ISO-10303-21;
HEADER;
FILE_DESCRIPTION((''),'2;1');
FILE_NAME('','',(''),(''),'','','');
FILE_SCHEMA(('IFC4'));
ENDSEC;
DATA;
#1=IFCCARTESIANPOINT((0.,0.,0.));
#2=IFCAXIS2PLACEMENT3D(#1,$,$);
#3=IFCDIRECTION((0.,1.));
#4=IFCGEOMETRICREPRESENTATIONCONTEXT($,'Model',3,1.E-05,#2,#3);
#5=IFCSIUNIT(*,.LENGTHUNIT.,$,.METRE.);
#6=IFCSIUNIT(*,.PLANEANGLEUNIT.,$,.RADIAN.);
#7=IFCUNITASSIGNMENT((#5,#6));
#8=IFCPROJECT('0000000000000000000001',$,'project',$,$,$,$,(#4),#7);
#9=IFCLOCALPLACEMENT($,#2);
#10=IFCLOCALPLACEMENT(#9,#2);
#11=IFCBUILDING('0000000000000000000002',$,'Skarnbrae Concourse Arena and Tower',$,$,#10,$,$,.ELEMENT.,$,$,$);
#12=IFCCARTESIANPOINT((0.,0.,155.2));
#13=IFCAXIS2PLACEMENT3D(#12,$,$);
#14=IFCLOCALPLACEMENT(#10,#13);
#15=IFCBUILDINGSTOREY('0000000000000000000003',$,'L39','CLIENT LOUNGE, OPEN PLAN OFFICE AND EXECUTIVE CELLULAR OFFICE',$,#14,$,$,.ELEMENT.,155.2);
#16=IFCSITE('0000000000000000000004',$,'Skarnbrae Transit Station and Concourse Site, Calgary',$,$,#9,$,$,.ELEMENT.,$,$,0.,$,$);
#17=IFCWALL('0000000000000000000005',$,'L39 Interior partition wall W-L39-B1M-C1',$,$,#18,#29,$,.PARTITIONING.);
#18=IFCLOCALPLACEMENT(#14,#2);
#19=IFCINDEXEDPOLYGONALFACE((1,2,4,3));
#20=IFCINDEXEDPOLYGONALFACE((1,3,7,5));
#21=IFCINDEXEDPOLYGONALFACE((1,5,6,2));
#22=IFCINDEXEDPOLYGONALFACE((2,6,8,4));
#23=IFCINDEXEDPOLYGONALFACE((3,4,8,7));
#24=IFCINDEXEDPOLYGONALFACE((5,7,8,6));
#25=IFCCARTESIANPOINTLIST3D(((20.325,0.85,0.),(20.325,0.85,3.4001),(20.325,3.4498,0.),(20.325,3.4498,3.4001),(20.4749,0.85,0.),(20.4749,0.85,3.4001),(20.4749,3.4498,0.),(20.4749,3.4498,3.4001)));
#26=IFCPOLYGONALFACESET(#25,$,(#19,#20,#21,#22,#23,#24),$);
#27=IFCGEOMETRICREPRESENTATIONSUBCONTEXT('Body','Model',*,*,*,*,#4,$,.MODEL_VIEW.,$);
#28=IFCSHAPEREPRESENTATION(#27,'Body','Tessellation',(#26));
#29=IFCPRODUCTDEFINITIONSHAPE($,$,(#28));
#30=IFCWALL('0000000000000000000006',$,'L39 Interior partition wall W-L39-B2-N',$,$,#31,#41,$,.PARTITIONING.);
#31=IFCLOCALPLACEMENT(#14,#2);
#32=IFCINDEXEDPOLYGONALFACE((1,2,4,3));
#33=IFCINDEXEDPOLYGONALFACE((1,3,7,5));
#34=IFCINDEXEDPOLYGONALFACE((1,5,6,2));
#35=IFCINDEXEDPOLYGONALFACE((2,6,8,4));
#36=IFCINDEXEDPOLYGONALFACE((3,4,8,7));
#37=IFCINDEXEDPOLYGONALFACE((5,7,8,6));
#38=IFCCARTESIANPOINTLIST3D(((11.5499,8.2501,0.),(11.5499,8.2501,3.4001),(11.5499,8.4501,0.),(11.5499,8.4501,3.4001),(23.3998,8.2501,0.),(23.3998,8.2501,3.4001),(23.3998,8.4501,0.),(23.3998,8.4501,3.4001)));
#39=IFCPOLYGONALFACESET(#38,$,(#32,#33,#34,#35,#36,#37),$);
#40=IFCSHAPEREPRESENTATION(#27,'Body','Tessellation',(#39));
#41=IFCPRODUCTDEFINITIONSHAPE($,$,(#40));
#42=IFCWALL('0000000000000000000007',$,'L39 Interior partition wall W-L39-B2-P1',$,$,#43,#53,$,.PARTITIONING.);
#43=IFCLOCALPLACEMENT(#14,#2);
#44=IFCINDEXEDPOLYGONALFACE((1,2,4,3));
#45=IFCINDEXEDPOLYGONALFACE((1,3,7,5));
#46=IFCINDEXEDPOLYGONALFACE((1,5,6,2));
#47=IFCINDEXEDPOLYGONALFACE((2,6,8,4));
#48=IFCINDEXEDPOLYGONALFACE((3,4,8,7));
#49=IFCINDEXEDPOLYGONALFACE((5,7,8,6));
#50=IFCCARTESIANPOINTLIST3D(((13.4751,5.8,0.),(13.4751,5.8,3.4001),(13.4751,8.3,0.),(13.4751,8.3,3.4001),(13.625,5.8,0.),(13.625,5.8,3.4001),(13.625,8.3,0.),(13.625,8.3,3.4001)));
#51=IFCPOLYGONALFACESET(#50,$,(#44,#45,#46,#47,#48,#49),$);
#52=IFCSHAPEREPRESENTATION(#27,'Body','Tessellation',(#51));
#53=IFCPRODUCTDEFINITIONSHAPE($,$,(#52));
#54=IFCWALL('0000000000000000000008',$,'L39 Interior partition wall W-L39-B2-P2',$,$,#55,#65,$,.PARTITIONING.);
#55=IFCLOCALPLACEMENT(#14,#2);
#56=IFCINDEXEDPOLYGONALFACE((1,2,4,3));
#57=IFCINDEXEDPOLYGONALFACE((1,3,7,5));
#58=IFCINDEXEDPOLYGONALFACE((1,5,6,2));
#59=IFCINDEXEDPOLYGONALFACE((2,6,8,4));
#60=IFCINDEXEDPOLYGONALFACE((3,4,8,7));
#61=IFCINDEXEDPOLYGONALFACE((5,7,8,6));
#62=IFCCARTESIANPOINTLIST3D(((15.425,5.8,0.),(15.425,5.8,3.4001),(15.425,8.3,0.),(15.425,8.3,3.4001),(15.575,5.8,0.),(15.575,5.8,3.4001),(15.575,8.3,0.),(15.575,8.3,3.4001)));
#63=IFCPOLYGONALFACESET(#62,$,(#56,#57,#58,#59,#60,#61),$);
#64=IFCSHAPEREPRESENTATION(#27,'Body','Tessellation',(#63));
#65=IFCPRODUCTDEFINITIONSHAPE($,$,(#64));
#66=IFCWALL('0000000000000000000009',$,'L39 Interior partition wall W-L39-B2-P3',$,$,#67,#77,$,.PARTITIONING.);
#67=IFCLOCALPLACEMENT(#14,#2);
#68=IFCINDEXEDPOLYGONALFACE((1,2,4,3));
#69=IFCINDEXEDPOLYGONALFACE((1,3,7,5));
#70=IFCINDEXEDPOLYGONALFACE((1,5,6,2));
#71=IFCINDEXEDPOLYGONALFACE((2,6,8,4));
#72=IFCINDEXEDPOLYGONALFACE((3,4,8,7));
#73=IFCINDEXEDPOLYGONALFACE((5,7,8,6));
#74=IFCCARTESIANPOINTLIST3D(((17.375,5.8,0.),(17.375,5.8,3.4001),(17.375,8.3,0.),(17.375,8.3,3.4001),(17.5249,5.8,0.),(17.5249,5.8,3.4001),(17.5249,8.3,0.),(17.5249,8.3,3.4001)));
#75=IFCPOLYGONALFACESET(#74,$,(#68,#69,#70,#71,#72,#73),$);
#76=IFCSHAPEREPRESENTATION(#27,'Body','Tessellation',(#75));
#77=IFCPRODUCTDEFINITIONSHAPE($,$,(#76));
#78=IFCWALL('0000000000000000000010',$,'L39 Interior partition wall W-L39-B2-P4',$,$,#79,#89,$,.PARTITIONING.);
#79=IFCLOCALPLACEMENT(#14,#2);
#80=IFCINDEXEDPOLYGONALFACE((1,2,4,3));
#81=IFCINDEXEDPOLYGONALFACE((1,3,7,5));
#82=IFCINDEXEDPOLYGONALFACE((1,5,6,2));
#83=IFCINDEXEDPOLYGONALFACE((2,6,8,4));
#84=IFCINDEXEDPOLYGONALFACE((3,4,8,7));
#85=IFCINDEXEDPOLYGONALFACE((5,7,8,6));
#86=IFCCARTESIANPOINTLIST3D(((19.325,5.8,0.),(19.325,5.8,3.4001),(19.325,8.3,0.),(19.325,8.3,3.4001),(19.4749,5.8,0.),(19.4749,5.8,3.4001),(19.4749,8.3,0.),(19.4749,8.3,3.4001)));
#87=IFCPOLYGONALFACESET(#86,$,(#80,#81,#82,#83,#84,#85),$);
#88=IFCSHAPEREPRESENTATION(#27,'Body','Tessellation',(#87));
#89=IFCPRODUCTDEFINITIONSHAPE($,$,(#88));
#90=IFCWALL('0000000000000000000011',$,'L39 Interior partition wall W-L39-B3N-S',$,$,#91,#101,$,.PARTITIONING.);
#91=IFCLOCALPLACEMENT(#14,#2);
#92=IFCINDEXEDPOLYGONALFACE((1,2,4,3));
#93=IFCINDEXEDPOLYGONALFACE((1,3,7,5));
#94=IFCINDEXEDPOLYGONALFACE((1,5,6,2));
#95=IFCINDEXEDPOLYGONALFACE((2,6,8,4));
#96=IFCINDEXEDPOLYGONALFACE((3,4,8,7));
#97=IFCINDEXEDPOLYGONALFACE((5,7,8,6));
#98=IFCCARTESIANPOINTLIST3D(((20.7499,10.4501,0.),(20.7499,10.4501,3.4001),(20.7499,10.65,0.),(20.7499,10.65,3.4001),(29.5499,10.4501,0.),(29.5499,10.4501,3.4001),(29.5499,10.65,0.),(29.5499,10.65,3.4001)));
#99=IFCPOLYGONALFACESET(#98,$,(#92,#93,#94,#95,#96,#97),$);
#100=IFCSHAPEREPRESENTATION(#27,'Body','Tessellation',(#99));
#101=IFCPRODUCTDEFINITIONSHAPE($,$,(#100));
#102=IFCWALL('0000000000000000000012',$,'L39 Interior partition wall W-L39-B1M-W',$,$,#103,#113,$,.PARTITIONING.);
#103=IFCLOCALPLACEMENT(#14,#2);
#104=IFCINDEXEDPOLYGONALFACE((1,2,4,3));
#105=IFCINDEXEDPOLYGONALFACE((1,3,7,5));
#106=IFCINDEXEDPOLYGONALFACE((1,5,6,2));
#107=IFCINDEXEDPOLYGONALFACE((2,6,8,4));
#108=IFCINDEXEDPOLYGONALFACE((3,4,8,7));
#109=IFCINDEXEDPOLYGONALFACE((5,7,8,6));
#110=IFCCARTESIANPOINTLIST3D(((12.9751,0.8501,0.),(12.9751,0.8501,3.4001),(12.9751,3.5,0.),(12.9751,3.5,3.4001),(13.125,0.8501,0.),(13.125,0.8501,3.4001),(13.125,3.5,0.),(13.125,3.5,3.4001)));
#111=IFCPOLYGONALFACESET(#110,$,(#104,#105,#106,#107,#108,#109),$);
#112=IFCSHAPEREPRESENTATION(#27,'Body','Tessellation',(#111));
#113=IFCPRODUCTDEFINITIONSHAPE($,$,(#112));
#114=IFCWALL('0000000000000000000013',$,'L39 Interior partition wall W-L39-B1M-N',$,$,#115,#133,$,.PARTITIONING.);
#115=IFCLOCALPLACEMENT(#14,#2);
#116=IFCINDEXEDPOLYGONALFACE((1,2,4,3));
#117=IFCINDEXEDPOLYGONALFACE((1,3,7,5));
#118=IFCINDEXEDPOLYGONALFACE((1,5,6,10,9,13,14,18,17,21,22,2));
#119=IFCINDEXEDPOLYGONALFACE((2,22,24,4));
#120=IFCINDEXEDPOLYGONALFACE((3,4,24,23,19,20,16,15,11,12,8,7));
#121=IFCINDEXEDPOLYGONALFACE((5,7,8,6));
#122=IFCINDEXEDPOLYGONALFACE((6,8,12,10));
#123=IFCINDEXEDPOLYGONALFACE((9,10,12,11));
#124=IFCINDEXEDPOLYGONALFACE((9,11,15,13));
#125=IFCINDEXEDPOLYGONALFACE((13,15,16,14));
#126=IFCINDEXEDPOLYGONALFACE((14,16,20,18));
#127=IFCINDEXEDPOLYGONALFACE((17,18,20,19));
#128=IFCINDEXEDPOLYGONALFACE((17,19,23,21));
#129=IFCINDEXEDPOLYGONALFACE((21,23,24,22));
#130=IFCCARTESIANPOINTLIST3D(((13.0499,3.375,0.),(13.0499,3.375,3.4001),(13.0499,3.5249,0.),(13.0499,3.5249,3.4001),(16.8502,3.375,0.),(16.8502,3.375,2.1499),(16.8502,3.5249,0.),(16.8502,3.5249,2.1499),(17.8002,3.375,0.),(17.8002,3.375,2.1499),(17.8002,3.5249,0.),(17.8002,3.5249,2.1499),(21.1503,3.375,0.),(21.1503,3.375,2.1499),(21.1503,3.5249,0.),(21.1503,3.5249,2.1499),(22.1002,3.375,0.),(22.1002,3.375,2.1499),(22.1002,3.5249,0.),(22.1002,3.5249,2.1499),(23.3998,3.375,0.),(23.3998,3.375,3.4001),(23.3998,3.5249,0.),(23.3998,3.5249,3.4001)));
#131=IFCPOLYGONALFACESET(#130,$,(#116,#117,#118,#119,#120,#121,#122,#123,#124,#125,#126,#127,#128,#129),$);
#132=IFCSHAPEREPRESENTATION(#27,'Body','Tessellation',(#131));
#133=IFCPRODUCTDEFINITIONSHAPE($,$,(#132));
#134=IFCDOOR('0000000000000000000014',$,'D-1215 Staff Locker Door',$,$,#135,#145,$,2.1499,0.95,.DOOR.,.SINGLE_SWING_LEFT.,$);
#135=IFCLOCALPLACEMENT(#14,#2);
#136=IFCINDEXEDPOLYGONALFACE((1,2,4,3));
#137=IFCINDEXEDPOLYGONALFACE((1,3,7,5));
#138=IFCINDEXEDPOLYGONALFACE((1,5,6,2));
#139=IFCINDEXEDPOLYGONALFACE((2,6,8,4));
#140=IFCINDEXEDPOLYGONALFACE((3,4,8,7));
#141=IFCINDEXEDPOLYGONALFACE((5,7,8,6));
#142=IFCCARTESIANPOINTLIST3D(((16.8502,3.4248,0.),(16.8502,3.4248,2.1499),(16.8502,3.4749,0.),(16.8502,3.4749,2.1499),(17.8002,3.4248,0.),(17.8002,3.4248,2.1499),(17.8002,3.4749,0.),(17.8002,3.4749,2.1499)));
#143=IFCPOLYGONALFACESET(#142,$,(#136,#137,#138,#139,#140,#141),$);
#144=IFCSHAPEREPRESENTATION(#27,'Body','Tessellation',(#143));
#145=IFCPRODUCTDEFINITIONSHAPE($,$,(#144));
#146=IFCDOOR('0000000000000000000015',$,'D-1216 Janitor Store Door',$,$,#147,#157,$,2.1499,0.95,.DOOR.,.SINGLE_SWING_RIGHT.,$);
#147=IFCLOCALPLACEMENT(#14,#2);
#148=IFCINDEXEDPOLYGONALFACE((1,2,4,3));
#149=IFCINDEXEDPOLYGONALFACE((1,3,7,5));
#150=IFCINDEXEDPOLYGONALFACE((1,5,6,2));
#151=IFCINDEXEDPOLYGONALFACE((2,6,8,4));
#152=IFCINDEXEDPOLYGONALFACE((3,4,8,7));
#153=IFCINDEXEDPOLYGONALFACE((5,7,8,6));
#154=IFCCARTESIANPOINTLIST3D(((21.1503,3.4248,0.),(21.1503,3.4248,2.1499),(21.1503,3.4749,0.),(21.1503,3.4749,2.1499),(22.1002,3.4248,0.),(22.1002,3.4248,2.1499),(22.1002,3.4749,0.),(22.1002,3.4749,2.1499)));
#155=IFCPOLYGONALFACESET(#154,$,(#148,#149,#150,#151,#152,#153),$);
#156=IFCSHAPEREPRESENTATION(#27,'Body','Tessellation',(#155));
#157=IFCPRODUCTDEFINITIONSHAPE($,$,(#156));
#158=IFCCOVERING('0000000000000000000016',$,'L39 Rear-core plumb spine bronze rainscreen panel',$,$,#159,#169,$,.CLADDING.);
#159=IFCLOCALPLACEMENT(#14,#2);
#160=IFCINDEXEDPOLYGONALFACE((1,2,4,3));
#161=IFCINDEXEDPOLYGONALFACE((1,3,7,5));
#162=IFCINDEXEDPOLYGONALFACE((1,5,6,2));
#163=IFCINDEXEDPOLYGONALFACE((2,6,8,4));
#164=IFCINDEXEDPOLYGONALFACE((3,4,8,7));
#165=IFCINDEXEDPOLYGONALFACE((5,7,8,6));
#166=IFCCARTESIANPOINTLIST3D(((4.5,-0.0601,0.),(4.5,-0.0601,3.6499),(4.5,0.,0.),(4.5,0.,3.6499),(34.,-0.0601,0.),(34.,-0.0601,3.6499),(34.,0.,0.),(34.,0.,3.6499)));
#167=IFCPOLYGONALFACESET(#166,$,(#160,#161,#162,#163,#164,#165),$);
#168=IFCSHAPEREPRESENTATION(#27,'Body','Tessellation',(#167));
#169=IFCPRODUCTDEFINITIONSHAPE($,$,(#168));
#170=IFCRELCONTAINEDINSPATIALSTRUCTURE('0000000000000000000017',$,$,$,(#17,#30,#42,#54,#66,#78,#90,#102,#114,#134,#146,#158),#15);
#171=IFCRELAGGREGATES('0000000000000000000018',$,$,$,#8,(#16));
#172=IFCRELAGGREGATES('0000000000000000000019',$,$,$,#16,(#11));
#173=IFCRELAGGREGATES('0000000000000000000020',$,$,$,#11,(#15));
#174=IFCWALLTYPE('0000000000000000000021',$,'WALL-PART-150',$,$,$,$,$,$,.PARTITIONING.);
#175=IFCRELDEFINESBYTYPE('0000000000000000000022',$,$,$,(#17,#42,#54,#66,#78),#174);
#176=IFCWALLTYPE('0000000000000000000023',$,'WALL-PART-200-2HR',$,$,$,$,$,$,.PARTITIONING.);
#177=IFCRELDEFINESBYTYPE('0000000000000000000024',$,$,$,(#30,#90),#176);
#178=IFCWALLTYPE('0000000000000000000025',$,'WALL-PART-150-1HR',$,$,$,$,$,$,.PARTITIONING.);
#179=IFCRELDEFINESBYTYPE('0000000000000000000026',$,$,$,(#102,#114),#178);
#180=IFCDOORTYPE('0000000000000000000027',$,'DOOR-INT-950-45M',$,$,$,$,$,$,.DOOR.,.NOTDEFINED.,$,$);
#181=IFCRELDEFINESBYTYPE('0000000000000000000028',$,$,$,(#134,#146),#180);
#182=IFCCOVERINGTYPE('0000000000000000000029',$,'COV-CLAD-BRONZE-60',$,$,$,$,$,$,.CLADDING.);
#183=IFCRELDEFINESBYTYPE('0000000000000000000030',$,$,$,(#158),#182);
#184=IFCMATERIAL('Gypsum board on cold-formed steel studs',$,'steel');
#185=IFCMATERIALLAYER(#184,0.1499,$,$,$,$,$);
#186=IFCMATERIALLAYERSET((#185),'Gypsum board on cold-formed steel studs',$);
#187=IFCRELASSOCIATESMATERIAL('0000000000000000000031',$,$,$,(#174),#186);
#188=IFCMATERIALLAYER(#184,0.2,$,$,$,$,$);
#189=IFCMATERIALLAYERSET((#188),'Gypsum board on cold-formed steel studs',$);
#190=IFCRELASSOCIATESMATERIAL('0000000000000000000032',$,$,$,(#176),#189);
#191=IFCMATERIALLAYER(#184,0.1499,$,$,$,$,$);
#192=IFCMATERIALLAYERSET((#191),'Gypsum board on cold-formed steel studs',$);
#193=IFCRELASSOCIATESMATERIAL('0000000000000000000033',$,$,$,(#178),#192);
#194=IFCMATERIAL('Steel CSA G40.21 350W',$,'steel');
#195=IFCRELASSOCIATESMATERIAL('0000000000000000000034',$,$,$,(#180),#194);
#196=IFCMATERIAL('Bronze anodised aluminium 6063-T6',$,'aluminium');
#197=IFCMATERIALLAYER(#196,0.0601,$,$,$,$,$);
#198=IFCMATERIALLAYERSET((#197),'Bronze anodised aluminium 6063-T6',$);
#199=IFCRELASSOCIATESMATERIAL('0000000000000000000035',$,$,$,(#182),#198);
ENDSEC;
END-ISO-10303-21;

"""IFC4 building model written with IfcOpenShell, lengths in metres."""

from ifc_helpers import new_model, si_unit, direction, frame, frame_2d, origin, origin_2d, place, context, subcontext, project, spatial, rectangle, extrude, source, transform, mapped, material, layer, layer_set, type_object, element, fill, save


model = new_model("IFC4")

# Units and contexts
model_context = context("Model", 3, precision=1e-05, world=origin(), true_north=direction((0.0, 1.0)))
body_context = subcontext(model_context, "Body", "Model", "MODEL_VIEW")
ifc_project = project(units=[si_unit("LENGTHUNIT", "METRE"), si_unit("PLANEANGLEUNIT", "RADIAN")], contexts=[model_context])

# Site, building, storey
site_placement = place(None, origin())
site = spatial("IfcSite", under=ifc_project, at=site_placement, Name="Skarnbrae Transit Station and Concourse Site, Calgary", CompositionType="ELEMENT", RefElevation=0.0)
building_placement = place(site_placement, origin())
building = spatial("IfcBuilding", under=site, at=building_placement, Name="Skarnbrae Concourse Arena and Tower", CompositionType="ELEMENT")
storey_placement = place(building_placement, frame((0.0, 0.0, 155.2)))
storey = spatial("IfcBuildingStorey", under=building, at=storey_placement, Name="L39", Description="CLIENT LOUNGE, OPEN PLAN OFFICE AND EXECUTIVE CELLULAR OFFICE", CompositionType="ELEMENT", Elevation=155.2)

# Walls
ifc_material_1 = material(Name="Gypsum board on cold-formed steel studs", Category="steel")
ifc_layer_1 = layer(ifc_material_1, 0.1499)
ifc_layer_set_1 = layer_set([ifc_layer_1], Name="Gypsum board on cold-formed steel studs")
wall_type_1 = type_object("IfcWallType", Name="WALL-PART-150", PredefinedType="PARTITIONING", material=ifc_layer_set_1)
shared_shape_1 = source(origin(), body_context, "Body", "SweptSolid", [
    extrude(rectangle(XDim=2.5999, YDim=0.1499, at=frame_2d((1.2998, 0.0))), origin(), (0.0, 0.0, 1.0), 3.4001),
])
wall_1_placement = place(storey_placement, frame((20.3999, 0.8501, 0.0), z_axis=(0.0, 0.0, 1.0), x_axis=(0.0, 1.0, 0.0)))
element("IfcWall", 1, at=wall_1_placement, inside=storey, type_object=wall_type_1, Name="L39 Interior partition wall W-L39-B1M-C1", PredefinedType="PARTITIONING", context=body_context, shape_type="MappedRepresentation", body=[
    mapped(shared_shape_1, transform((0.0, 0.0, 0.0))),
])
ifc_layer_2 = layer(ifc_material_1, 0.2)
ifc_layer_set_2 = layer_set([ifc_layer_2], Name="Gypsum board on cold-formed steel studs")
wall_type_2 = type_object("IfcWallType", Name="WALL-PART-200-2HR", PredefinedType="PARTITIONING", material=ifc_layer_set_2)
shared_shape_2 = source(origin(), body_context, "Body", "SweptSolid", [
    extrude(rectangle(XDim=11.8499, YDim=0.2, at=frame_2d((5.9248, 0.0))), origin(), (0.0, 0.0, 1.0), 3.4001),
])
wall_2_placement = place(storey_placement, frame((11.55, 8.3501, 0.0), z_axis=(0.0, 0.0, 1.0), x_axis=(1.0, 0.0, 0.0)))
element("IfcWall", 2, at=wall_2_placement, inside=storey, type_object=wall_type_2, Name="L39 Interior partition wall W-L39-B2-N", PredefinedType="PARTITIONING", context=body_context, shape_type="MappedRepresentation", body=[
    mapped(shared_shape_2, transform((0.0, 0.0, 0.0))),
])
shared_shape_3 = source(origin(), body_context, "Body", "SweptSolid", [
    extrude(rectangle(XDim=2.5, YDim=0.1499, at=frame_2d((1.25, 0.0))), origin(), (0.0, 0.0, 1.0), 3.4001),
])
for number, where, z_axis, x_axis, name in (
    (3, (13.55, 5.8, 0.0), (0.0, 0.0, 1.0), (0.0, 1.0, 0.0), "L39 Interior partition wall W-L39-B2-P1"),
    (4, (15.5, 5.8, 0.0), (0.0, 0.0, 1.0), (0.0, 1.0, 0.0), "L39 Interior partition wall W-L39-B2-P2"),
    (5, (17.45, 5.8, 0.0), (0.0, 0.0, 1.0), (0.0, 1.0, 0.0), "L39 Interior partition wall W-L39-B2-P3"),
    (6, (19.3999, 5.8, 0.0), (0.0, 0.0, 1.0), (0.0, 1.0, 0.0), "L39 Interior partition wall W-L39-B2-P4"),
):
    element("IfcWall", number, at=place(storey_placement, frame(where, z_axis=z_axis, x_axis=x_axis)), inside=storey, type_object=wall_type_1, Name=name, PredefinedType="PARTITIONING", context=body_context, shape_type="MappedRepresentation", body=[
        mapped(shared_shape_3, transform((0.0, 0.0, 0.0))),
    ])
shared_shape_4 = source(origin(), body_context, "Body", "SweptSolid", [
    extrude(rectangle(XDim=8.8, YDim=0.2, at=frame_2d((4.3999, 0.0))), origin(), (0.0, 0.0, 1.0), 3.4001),
])
wall_3_placement = place(storey_placement, frame((20.75, 10.55, 0.0), z_axis=(0.0, 0.0, 1.0), x_axis=(1.0, 0.0, 0.0)))
element("IfcWall", 7, at=wall_3_placement, inside=storey, type_object=wall_type_2, Name="L39 Interior partition wall W-L39-B3N-S", PredefinedType="PARTITIONING", context=body_context, shape_type="MappedRepresentation", body=[
    mapped(shared_shape_4, transform((0.0, 0.0, 0.0))),
])
ifc_layer_3 = layer(ifc_material_1, 0.1499)
ifc_layer_set_3 = layer_set([ifc_layer_3], Name="Gypsum board on cold-formed steel studs")
wall_type_3 = type_object("IfcWallType", Name="WALL-PART-150-1HR", PredefinedType="PARTITIONING", material=ifc_layer_set_3)
shared_shape_5 = source(origin(), body_context, "Body", "SweptSolid", [
    extrude(rectangle(XDim=2.6499, YDim=0.1499, at=frame_2d((1.325, 0.0))), origin(), (0.0, 0.0, 1.0), 3.4001),
])
wall_4_placement = place(storey_placement, frame((13.05, 0.8501, 0.0), z_axis=(0.0, 0.0, 1.0), x_axis=(0.0, 1.0, 0.0)))
element("IfcWall", 8, at=wall_4_placement, inside=storey, type_object=wall_type_3, Name="L39 Interior partition wall W-L39-B1M-W", PredefinedType="PARTITIONING", context=body_context, shape_type="MappedRepresentation", body=[
    mapped(shared_shape_5, transform((0.0, 0.0, 0.0))),
])

# Wall, openings, doors
shared_shape_6 = source(origin(), body_context, "Body", "SweptSolid", [
    extrude(rectangle(XDim=10.3499, YDim=0.1499, at=frame_2d((5.1748, 0.0))), origin(), (0.0, 0.0, 1.0), 3.4001),
])
wall_5_placement = place(storey_placement, frame((13.05, 3.45, 0.0), z_axis=(0.0, 0.0, 1.0), x_axis=(1.0, 0.0, 0.0)))
wall_5 = element("IfcWall", 9, at=wall_5_placement, inside=storey, type_object=wall_type_3, Name="L39 Interior partition wall W-L39-B1M-N", PredefinedType="PARTITIONING", context=body_context, shape_type="MappedRepresentation", body=[
    mapped(shared_shape_6, transform((0.0, 0.0, 0.0))),
])
opening_1_placement = place(wall_5_placement, frame((3.8, 0.0, 0.0)))
opening_1 = element("IfcOpeningElement", 10, at=opening_1_placement, cuts=wall_5, PredefinedType="OPENING", context=body_context, shape_type="SweptSolid", body=[
    extrude(rectangle(XDim=0.95, YDim=2.1499, at=frame_2d((0.4751, 1.075))), frame((0.0, 0.085, 0.0), z_axis=(0.0, -1.0, 0.0), x_axis=(1.0, 0.0, 0.0)), (0.0, 0.0, 1.0), 0.1699),
])
opening_2_placement = place(wall_5_placement, frame((8.1001, 0.0, 0.0)))
opening_2 = element("IfcOpeningElement", 11, at=opening_2_placement, cuts=wall_5, PredefinedType="OPENING", context=body_context, shape_type="SweptSolid", body=[
    extrude(rectangle(XDim=0.95, YDim=2.1499, at=frame_2d((0.4751, 1.075))), frame((0.0, 0.085, 0.0), z_axis=(0.0, -1.0, 0.0), x_axis=(1.0, 0.0, 0.0)), (0.0, 0.0, 1.0), 0.1699),
])
ifc_material_2 = material(Name="Steel CSA G40.21 350W", Category="steel")
door_type = type_object("IfcDoorType", Name="DOOR-INT-950-45M", OperationType="NOTDEFINED", PredefinedType="DOOR", material=ifc_material_2)
shared_shape_7 = source(origin(), body_context, "Body", "SweptSolid", [
    extrude(rectangle(XDim=0.95, YDim=2.1499, at=frame_2d((0.4751, 1.075))), frame((0.0, 0.0249, 0.0), z_axis=(0.0, -1.0, 0.0), x_axis=(1.0, 0.0, 0.0)), (0.0, 0.0, 1.0), 0.05),
])
door_1_placement = place(opening_1_placement, origin())
door_1 = element("IfcDoor", 12, at=door_1_placement, inside=storey, type_object=door_type, Name="D-1215 Staff Locker Door", OperationType="SINGLE_SWING_LEFT", OverallHeight=2.1499, OverallWidth=0.95, PredefinedType="DOOR", context=body_context, shape_type="MappedRepresentation", body=[
    mapped(shared_shape_7, transform((0.0, 0.0, 0.0))),
])
fill(opening_1, door_1)
door_2_placement = place(opening_2_placement, origin())
door_2 = element("IfcDoor", 13, at=door_2_placement, inside=storey, type_object=door_type, Name="D-1216 Janitor Store Door", OperationType="SINGLE_SWING_RIGHT", OverallHeight=2.1499, OverallWidth=0.95, PredefinedType="DOOR", context=body_context, shape_type="MappedRepresentation", body=[
    mapped(shared_shape_7, transform((0.0, 0.0, 0.0))),
])
fill(opening_2, door_2)

# Covering
ifc_material_3 = material(Name="Bronze anodised aluminium 6063-T6", Category="aluminium")
ifc_layer_4 = layer(ifc_material_3, 0.0601)
ifc_layer_set_4 = layer_set([ifc_layer_4], Name="Bronze anodised aluminium 6063-T6")
covering_type = type_object("IfcCoveringType", Name="COV-CLAD-BRONZE-60", PredefinedType="CLADDING", material=ifc_layer_set_4)
shared_shape_8 = source(origin(), body_context, "Body", "SweptSolid", [
    extrude(rectangle(XDim=29.5, YDim=0.0601, at=origin_2d()), origin(), (0.0, 0.0, 1.0), 3.6499),
])
covering_placement = place(storey_placement, frame((19.25, -0.03, 0.0), z_axis=(0.0, 0.0, 1.0), x_axis=(1.0, 0.0, 0.0)))
element("IfcCovering", 14, at=covering_placement, inside=storey, type_object=covering_type, Name="L39 Rear-core plumb spine bronze rainscreen panel", PredefinedType="CLADDING", context=body_context, shape_type="MappedRepresentation", body=[
    mapped(shared_shape_8, transform((0.0, 0.0, 0.0))),
])

save(model, "model.ifc")
